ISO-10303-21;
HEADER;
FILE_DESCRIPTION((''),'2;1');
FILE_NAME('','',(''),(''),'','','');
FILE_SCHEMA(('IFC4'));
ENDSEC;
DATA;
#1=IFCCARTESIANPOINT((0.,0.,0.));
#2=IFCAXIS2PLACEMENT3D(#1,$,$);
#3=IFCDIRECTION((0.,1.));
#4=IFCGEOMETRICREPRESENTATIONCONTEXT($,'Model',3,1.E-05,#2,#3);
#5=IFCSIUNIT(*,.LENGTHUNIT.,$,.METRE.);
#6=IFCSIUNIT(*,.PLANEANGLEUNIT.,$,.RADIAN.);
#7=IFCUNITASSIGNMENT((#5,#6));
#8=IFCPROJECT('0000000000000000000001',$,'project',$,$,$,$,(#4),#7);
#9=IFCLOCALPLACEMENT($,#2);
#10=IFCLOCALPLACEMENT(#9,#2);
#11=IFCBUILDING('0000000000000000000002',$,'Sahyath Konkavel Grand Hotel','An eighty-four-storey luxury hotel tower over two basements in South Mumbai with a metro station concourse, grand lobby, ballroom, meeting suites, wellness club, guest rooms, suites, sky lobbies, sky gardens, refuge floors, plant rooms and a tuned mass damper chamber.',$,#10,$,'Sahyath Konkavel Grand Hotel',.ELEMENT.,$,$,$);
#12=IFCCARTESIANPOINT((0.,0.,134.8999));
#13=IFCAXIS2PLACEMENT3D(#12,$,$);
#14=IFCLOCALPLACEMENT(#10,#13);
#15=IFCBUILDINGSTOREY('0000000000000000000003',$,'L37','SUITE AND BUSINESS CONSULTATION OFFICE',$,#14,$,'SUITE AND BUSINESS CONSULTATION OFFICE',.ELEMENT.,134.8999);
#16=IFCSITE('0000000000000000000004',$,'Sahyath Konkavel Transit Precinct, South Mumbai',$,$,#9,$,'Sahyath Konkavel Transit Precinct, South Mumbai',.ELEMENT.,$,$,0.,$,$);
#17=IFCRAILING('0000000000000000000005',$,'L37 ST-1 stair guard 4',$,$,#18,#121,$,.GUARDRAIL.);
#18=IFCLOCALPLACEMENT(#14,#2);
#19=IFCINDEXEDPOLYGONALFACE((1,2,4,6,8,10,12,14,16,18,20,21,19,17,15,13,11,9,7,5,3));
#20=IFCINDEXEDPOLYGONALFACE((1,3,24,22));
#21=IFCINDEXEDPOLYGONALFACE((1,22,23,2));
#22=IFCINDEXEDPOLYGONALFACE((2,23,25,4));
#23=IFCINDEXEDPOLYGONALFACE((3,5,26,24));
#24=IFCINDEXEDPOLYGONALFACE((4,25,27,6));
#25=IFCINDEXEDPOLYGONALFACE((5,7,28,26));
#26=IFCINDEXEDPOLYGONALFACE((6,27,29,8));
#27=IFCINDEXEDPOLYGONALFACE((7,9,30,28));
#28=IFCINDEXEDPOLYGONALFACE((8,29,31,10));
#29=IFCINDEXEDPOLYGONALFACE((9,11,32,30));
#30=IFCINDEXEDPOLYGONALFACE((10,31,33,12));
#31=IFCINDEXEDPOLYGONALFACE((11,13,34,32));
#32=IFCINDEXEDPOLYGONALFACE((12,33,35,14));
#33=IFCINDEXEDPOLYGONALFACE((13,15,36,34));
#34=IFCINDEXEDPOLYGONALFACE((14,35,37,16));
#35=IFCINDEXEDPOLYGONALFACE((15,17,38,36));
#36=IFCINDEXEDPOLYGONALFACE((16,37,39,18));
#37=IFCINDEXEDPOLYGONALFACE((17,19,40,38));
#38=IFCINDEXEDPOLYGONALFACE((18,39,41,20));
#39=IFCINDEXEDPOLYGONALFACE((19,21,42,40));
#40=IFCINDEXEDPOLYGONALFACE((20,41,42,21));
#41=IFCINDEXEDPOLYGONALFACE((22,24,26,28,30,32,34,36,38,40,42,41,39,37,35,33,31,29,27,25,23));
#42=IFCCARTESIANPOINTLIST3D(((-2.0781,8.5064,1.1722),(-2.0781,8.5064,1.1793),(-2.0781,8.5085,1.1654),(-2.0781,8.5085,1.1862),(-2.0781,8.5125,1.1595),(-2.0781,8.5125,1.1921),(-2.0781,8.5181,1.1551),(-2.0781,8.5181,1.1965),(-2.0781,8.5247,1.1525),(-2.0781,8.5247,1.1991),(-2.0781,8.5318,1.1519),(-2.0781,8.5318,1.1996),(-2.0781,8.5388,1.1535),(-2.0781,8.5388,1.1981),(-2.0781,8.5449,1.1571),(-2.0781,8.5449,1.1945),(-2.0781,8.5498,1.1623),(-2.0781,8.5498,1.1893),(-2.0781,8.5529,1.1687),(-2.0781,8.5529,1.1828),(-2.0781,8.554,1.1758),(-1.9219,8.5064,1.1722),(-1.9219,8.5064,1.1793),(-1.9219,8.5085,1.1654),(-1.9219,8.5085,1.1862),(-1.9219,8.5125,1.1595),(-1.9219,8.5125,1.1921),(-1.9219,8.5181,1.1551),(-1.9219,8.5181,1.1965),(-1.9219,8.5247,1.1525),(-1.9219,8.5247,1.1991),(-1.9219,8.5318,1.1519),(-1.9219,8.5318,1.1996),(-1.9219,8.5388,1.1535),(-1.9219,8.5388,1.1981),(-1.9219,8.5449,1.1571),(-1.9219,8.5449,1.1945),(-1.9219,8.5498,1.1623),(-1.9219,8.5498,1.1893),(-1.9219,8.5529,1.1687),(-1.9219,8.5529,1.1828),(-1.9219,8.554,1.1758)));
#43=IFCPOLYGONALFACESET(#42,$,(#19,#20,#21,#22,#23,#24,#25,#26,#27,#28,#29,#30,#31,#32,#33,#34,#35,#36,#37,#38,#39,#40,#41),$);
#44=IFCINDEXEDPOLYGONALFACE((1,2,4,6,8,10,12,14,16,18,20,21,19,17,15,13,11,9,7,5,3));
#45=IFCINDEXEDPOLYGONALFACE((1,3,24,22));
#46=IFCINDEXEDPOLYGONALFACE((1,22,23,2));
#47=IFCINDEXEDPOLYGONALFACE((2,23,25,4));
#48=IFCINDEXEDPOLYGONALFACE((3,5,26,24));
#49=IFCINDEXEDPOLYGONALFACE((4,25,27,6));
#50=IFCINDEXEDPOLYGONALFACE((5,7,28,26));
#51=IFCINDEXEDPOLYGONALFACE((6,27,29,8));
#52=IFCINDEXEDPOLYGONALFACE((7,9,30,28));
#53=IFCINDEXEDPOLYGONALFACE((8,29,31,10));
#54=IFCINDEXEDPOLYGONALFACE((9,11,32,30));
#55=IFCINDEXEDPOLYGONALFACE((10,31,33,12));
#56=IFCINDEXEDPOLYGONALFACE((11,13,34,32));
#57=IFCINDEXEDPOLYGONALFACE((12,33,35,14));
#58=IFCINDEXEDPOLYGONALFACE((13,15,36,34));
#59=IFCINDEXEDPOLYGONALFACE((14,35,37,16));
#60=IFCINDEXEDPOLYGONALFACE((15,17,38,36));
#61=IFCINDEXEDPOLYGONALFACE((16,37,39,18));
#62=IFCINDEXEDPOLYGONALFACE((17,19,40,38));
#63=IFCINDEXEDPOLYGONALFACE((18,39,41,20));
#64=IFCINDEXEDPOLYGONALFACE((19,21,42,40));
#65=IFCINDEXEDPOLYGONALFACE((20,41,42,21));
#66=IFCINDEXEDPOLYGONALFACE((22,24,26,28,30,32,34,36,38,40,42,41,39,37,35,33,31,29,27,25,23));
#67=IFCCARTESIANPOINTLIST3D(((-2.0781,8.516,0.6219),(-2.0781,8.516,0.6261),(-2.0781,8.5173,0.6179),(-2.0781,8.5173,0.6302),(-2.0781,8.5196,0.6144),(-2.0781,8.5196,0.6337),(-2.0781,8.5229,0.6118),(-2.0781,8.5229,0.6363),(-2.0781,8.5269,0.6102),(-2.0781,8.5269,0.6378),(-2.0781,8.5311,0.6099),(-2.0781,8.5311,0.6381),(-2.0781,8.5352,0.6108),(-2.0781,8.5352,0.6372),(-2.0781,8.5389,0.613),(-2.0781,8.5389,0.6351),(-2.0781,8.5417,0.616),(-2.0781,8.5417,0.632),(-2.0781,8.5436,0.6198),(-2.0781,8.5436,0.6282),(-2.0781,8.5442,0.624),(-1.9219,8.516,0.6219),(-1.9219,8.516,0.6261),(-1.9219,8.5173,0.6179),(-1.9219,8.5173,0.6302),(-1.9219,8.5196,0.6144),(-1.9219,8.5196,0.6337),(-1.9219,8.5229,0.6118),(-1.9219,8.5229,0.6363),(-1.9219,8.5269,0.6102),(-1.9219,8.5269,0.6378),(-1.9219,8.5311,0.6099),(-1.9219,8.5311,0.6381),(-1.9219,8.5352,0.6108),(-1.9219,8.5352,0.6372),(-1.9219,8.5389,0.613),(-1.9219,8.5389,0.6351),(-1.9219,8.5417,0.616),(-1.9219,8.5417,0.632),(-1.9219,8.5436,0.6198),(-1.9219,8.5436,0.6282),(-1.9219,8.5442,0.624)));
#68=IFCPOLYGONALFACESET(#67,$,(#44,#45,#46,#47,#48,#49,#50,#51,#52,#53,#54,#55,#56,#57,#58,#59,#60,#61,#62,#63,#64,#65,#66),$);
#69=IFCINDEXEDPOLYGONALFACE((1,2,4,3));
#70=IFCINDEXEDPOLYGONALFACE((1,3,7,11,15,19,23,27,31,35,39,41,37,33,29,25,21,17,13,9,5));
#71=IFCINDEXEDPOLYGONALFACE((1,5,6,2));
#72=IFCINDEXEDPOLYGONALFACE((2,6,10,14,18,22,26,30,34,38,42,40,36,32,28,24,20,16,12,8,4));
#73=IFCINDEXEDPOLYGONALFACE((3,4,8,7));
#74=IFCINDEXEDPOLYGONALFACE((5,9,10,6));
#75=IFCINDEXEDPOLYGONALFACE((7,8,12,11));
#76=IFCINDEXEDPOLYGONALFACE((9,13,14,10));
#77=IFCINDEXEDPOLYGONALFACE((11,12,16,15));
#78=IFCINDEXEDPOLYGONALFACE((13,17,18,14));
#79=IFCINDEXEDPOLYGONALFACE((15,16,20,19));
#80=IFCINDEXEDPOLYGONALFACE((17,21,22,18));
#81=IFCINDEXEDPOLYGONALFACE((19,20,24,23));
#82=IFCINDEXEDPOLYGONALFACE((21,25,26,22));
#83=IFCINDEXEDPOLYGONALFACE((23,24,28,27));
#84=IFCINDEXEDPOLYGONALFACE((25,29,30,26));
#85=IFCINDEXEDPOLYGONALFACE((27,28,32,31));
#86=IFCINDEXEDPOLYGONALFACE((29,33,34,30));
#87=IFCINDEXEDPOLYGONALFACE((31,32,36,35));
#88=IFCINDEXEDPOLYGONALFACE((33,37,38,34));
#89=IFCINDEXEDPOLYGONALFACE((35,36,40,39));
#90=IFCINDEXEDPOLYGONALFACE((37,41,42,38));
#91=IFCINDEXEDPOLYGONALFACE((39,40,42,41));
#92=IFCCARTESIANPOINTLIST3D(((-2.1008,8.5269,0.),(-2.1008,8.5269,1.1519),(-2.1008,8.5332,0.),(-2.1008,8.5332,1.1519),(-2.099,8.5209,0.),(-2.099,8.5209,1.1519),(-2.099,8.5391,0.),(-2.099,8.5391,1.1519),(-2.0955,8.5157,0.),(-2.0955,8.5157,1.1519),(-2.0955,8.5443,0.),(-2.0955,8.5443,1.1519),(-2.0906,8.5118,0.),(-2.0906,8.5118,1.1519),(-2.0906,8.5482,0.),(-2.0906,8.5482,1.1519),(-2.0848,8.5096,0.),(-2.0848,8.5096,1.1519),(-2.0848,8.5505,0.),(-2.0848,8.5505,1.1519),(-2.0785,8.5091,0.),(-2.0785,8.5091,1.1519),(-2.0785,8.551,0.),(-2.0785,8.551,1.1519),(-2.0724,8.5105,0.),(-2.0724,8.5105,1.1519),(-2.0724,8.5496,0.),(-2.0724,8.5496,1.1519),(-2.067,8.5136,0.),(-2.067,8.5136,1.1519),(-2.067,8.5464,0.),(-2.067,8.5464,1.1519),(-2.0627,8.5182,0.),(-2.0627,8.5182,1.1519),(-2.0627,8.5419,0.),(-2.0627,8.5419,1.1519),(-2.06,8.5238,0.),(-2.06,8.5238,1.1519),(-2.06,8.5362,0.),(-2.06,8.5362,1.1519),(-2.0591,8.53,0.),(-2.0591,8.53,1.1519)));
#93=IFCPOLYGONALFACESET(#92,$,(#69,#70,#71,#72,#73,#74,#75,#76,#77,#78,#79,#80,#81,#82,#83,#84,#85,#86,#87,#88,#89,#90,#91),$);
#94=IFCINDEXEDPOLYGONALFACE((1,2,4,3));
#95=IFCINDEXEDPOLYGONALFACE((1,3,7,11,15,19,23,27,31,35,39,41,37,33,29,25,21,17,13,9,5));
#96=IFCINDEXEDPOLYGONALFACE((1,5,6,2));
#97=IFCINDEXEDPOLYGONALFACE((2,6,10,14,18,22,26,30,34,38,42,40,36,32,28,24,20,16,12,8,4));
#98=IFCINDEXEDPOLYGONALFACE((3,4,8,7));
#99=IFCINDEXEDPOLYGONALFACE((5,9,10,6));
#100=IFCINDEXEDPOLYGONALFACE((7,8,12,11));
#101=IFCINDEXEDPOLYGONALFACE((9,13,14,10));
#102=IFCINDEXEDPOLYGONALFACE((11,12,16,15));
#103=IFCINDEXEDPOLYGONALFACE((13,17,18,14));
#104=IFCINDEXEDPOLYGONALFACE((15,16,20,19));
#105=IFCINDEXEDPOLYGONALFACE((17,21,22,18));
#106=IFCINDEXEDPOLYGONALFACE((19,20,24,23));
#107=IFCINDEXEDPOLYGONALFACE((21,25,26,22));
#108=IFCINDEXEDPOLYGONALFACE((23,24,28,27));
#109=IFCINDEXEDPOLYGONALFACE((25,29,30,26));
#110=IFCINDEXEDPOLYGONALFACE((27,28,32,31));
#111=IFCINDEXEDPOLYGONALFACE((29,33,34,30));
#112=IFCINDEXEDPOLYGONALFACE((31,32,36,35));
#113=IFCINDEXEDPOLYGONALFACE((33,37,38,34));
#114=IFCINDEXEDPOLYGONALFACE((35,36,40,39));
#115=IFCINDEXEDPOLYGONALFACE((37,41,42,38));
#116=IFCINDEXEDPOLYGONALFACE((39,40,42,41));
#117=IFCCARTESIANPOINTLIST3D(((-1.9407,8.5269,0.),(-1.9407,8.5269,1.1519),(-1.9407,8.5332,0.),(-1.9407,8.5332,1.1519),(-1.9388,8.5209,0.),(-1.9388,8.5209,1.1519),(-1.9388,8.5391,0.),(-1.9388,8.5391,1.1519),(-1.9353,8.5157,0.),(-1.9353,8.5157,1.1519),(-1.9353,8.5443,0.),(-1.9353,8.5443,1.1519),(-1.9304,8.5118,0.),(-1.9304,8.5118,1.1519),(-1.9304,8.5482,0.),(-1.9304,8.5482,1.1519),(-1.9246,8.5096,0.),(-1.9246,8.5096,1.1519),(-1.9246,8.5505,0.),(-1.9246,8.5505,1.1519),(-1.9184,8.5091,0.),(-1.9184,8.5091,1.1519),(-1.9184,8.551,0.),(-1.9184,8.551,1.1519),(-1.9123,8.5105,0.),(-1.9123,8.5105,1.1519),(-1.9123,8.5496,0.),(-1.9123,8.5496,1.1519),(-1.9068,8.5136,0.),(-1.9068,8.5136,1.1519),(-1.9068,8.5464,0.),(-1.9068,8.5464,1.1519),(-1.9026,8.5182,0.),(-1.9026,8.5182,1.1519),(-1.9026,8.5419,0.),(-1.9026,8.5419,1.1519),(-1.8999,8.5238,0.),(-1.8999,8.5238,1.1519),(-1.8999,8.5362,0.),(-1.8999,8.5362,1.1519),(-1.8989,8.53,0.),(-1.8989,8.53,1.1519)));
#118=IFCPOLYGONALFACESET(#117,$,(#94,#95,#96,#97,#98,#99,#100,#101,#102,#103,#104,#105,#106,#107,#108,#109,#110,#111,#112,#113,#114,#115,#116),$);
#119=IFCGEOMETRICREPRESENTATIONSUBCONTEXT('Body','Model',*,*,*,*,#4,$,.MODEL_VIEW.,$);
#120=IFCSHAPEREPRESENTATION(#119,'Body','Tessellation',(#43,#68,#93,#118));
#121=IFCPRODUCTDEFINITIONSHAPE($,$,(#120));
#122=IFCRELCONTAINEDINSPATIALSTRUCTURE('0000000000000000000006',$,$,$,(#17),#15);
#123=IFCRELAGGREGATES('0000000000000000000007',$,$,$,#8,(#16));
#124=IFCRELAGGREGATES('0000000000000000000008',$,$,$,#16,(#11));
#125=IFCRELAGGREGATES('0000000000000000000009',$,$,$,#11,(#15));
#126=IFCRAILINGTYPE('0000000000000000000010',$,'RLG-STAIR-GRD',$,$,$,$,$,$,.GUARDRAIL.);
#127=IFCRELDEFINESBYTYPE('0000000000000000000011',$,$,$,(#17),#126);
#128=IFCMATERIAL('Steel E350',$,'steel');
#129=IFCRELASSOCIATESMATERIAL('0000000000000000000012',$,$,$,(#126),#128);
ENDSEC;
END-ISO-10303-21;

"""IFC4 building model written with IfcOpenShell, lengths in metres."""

from ifc_helpers import new_model, si_unit, direction, frame, origin, origin_2d, place, context, subcontext, project, spatial, circle, extrude, material, type_object, element, save


model = new_model("IFC4")

# Units and contexts
model_context = context("Model", 3, precision=1e-05, world=origin(), true_north=direction((0.0, 1.0)))
body_context = subcontext(model_context, "Body", "Model", "MODEL_VIEW")
ifc_project = project(units=[si_unit("LENGTHUNIT", "METRE"), si_unit("PLANEANGLEUNIT", "RADIAN")], contexts=[model_context])

# Site, building, storey
site_placement = place(None, origin())
site = spatial("IfcSite", under=ifc_project, at=site_placement, Name="Sahyath Konkavel Transit Precinct, South Mumbai", LongName="Sahyath Konkavel Transit Precinct, South Mumbai", CompositionType="ELEMENT", RefElevation=0.0)
building_placement = place(site_placement, origin())
building = spatial("IfcBuilding", under=site, at=building_placement, Name="Sahyath Konkavel Grand Hotel", Description="An eighty-four-storey luxury hotel tower over two basements in South Mumbai with a metro station concourse, grand lobby, ballroom, meeting suites, wellness club, guest rooms, suites, sky lobbies, sky gardens, refuge floors, plant rooms and a tuned mass damper chamber.", LongName="Sahyath Konkavel Grand Hotel", CompositionType="ELEMENT")
storey_placement = place(building_placement, frame((0.0, 0.0, 134.8999)))
storey = spatial("IfcBuildingStorey", under=building, at=storey_placement, Name="L37", Description="SUITE AND BUSINESS CONSULTATION OFFICE", LongName="SUITE AND BUSINESS CONSULTATION OFFICE", CompositionType="ELEMENT", Elevation=134.8999)

# Shared definitions
ifc_material_1 = material(Name="Steel E350", Category="steel")

# Railing
railing_type_1 = type_object("IfcRailingType", Name="RLG-STAIR-GRD", PredefinedType="GUARDRAIL", material=ifc_material_1)
railing_1_placement = place(storey_placement, frame((-2.0801, 8.53, 0.0)))
element("IfcRailing", 1, at=railing_1_placement, inside=storey, type_object=railing_type_1, Name="L37 ST-1 stair guard 4", PredefinedType="GUARDRAIL", context=body_context, shape_type="SweptSolid", body=[
    extrude(circle(Radius=0.0239, at=origin_2d()), frame((0.002, 0.0, 1.1758), z_axis=(1.0, 0.0, 0.0), x_axis=(0.0, 1.0, 0.0)), (0.0, 0.0, 1.0), 0.1562),
    extrude(circle(Radius=0.0142, at=origin_2d()), frame((0.002, 0.0, 0.624), z_axis=(1.0, 0.0, 0.0), x_axis=(0.0, 1.0, 0.0)), (0.0, 0.0, 1.0), 0.1562),
    extrude(circle(Radius=0.021, at=origin_2d()), origin(), (0.0, 0.0, 1.0), 1.1519),
    extrude(circle(Radius=0.021, at=origin_2d()), frame((0.1602, 0.0, 0.0)), (0.0, 0.0, 1.0), 1.1519),
])

save(model, "model.ifc")
